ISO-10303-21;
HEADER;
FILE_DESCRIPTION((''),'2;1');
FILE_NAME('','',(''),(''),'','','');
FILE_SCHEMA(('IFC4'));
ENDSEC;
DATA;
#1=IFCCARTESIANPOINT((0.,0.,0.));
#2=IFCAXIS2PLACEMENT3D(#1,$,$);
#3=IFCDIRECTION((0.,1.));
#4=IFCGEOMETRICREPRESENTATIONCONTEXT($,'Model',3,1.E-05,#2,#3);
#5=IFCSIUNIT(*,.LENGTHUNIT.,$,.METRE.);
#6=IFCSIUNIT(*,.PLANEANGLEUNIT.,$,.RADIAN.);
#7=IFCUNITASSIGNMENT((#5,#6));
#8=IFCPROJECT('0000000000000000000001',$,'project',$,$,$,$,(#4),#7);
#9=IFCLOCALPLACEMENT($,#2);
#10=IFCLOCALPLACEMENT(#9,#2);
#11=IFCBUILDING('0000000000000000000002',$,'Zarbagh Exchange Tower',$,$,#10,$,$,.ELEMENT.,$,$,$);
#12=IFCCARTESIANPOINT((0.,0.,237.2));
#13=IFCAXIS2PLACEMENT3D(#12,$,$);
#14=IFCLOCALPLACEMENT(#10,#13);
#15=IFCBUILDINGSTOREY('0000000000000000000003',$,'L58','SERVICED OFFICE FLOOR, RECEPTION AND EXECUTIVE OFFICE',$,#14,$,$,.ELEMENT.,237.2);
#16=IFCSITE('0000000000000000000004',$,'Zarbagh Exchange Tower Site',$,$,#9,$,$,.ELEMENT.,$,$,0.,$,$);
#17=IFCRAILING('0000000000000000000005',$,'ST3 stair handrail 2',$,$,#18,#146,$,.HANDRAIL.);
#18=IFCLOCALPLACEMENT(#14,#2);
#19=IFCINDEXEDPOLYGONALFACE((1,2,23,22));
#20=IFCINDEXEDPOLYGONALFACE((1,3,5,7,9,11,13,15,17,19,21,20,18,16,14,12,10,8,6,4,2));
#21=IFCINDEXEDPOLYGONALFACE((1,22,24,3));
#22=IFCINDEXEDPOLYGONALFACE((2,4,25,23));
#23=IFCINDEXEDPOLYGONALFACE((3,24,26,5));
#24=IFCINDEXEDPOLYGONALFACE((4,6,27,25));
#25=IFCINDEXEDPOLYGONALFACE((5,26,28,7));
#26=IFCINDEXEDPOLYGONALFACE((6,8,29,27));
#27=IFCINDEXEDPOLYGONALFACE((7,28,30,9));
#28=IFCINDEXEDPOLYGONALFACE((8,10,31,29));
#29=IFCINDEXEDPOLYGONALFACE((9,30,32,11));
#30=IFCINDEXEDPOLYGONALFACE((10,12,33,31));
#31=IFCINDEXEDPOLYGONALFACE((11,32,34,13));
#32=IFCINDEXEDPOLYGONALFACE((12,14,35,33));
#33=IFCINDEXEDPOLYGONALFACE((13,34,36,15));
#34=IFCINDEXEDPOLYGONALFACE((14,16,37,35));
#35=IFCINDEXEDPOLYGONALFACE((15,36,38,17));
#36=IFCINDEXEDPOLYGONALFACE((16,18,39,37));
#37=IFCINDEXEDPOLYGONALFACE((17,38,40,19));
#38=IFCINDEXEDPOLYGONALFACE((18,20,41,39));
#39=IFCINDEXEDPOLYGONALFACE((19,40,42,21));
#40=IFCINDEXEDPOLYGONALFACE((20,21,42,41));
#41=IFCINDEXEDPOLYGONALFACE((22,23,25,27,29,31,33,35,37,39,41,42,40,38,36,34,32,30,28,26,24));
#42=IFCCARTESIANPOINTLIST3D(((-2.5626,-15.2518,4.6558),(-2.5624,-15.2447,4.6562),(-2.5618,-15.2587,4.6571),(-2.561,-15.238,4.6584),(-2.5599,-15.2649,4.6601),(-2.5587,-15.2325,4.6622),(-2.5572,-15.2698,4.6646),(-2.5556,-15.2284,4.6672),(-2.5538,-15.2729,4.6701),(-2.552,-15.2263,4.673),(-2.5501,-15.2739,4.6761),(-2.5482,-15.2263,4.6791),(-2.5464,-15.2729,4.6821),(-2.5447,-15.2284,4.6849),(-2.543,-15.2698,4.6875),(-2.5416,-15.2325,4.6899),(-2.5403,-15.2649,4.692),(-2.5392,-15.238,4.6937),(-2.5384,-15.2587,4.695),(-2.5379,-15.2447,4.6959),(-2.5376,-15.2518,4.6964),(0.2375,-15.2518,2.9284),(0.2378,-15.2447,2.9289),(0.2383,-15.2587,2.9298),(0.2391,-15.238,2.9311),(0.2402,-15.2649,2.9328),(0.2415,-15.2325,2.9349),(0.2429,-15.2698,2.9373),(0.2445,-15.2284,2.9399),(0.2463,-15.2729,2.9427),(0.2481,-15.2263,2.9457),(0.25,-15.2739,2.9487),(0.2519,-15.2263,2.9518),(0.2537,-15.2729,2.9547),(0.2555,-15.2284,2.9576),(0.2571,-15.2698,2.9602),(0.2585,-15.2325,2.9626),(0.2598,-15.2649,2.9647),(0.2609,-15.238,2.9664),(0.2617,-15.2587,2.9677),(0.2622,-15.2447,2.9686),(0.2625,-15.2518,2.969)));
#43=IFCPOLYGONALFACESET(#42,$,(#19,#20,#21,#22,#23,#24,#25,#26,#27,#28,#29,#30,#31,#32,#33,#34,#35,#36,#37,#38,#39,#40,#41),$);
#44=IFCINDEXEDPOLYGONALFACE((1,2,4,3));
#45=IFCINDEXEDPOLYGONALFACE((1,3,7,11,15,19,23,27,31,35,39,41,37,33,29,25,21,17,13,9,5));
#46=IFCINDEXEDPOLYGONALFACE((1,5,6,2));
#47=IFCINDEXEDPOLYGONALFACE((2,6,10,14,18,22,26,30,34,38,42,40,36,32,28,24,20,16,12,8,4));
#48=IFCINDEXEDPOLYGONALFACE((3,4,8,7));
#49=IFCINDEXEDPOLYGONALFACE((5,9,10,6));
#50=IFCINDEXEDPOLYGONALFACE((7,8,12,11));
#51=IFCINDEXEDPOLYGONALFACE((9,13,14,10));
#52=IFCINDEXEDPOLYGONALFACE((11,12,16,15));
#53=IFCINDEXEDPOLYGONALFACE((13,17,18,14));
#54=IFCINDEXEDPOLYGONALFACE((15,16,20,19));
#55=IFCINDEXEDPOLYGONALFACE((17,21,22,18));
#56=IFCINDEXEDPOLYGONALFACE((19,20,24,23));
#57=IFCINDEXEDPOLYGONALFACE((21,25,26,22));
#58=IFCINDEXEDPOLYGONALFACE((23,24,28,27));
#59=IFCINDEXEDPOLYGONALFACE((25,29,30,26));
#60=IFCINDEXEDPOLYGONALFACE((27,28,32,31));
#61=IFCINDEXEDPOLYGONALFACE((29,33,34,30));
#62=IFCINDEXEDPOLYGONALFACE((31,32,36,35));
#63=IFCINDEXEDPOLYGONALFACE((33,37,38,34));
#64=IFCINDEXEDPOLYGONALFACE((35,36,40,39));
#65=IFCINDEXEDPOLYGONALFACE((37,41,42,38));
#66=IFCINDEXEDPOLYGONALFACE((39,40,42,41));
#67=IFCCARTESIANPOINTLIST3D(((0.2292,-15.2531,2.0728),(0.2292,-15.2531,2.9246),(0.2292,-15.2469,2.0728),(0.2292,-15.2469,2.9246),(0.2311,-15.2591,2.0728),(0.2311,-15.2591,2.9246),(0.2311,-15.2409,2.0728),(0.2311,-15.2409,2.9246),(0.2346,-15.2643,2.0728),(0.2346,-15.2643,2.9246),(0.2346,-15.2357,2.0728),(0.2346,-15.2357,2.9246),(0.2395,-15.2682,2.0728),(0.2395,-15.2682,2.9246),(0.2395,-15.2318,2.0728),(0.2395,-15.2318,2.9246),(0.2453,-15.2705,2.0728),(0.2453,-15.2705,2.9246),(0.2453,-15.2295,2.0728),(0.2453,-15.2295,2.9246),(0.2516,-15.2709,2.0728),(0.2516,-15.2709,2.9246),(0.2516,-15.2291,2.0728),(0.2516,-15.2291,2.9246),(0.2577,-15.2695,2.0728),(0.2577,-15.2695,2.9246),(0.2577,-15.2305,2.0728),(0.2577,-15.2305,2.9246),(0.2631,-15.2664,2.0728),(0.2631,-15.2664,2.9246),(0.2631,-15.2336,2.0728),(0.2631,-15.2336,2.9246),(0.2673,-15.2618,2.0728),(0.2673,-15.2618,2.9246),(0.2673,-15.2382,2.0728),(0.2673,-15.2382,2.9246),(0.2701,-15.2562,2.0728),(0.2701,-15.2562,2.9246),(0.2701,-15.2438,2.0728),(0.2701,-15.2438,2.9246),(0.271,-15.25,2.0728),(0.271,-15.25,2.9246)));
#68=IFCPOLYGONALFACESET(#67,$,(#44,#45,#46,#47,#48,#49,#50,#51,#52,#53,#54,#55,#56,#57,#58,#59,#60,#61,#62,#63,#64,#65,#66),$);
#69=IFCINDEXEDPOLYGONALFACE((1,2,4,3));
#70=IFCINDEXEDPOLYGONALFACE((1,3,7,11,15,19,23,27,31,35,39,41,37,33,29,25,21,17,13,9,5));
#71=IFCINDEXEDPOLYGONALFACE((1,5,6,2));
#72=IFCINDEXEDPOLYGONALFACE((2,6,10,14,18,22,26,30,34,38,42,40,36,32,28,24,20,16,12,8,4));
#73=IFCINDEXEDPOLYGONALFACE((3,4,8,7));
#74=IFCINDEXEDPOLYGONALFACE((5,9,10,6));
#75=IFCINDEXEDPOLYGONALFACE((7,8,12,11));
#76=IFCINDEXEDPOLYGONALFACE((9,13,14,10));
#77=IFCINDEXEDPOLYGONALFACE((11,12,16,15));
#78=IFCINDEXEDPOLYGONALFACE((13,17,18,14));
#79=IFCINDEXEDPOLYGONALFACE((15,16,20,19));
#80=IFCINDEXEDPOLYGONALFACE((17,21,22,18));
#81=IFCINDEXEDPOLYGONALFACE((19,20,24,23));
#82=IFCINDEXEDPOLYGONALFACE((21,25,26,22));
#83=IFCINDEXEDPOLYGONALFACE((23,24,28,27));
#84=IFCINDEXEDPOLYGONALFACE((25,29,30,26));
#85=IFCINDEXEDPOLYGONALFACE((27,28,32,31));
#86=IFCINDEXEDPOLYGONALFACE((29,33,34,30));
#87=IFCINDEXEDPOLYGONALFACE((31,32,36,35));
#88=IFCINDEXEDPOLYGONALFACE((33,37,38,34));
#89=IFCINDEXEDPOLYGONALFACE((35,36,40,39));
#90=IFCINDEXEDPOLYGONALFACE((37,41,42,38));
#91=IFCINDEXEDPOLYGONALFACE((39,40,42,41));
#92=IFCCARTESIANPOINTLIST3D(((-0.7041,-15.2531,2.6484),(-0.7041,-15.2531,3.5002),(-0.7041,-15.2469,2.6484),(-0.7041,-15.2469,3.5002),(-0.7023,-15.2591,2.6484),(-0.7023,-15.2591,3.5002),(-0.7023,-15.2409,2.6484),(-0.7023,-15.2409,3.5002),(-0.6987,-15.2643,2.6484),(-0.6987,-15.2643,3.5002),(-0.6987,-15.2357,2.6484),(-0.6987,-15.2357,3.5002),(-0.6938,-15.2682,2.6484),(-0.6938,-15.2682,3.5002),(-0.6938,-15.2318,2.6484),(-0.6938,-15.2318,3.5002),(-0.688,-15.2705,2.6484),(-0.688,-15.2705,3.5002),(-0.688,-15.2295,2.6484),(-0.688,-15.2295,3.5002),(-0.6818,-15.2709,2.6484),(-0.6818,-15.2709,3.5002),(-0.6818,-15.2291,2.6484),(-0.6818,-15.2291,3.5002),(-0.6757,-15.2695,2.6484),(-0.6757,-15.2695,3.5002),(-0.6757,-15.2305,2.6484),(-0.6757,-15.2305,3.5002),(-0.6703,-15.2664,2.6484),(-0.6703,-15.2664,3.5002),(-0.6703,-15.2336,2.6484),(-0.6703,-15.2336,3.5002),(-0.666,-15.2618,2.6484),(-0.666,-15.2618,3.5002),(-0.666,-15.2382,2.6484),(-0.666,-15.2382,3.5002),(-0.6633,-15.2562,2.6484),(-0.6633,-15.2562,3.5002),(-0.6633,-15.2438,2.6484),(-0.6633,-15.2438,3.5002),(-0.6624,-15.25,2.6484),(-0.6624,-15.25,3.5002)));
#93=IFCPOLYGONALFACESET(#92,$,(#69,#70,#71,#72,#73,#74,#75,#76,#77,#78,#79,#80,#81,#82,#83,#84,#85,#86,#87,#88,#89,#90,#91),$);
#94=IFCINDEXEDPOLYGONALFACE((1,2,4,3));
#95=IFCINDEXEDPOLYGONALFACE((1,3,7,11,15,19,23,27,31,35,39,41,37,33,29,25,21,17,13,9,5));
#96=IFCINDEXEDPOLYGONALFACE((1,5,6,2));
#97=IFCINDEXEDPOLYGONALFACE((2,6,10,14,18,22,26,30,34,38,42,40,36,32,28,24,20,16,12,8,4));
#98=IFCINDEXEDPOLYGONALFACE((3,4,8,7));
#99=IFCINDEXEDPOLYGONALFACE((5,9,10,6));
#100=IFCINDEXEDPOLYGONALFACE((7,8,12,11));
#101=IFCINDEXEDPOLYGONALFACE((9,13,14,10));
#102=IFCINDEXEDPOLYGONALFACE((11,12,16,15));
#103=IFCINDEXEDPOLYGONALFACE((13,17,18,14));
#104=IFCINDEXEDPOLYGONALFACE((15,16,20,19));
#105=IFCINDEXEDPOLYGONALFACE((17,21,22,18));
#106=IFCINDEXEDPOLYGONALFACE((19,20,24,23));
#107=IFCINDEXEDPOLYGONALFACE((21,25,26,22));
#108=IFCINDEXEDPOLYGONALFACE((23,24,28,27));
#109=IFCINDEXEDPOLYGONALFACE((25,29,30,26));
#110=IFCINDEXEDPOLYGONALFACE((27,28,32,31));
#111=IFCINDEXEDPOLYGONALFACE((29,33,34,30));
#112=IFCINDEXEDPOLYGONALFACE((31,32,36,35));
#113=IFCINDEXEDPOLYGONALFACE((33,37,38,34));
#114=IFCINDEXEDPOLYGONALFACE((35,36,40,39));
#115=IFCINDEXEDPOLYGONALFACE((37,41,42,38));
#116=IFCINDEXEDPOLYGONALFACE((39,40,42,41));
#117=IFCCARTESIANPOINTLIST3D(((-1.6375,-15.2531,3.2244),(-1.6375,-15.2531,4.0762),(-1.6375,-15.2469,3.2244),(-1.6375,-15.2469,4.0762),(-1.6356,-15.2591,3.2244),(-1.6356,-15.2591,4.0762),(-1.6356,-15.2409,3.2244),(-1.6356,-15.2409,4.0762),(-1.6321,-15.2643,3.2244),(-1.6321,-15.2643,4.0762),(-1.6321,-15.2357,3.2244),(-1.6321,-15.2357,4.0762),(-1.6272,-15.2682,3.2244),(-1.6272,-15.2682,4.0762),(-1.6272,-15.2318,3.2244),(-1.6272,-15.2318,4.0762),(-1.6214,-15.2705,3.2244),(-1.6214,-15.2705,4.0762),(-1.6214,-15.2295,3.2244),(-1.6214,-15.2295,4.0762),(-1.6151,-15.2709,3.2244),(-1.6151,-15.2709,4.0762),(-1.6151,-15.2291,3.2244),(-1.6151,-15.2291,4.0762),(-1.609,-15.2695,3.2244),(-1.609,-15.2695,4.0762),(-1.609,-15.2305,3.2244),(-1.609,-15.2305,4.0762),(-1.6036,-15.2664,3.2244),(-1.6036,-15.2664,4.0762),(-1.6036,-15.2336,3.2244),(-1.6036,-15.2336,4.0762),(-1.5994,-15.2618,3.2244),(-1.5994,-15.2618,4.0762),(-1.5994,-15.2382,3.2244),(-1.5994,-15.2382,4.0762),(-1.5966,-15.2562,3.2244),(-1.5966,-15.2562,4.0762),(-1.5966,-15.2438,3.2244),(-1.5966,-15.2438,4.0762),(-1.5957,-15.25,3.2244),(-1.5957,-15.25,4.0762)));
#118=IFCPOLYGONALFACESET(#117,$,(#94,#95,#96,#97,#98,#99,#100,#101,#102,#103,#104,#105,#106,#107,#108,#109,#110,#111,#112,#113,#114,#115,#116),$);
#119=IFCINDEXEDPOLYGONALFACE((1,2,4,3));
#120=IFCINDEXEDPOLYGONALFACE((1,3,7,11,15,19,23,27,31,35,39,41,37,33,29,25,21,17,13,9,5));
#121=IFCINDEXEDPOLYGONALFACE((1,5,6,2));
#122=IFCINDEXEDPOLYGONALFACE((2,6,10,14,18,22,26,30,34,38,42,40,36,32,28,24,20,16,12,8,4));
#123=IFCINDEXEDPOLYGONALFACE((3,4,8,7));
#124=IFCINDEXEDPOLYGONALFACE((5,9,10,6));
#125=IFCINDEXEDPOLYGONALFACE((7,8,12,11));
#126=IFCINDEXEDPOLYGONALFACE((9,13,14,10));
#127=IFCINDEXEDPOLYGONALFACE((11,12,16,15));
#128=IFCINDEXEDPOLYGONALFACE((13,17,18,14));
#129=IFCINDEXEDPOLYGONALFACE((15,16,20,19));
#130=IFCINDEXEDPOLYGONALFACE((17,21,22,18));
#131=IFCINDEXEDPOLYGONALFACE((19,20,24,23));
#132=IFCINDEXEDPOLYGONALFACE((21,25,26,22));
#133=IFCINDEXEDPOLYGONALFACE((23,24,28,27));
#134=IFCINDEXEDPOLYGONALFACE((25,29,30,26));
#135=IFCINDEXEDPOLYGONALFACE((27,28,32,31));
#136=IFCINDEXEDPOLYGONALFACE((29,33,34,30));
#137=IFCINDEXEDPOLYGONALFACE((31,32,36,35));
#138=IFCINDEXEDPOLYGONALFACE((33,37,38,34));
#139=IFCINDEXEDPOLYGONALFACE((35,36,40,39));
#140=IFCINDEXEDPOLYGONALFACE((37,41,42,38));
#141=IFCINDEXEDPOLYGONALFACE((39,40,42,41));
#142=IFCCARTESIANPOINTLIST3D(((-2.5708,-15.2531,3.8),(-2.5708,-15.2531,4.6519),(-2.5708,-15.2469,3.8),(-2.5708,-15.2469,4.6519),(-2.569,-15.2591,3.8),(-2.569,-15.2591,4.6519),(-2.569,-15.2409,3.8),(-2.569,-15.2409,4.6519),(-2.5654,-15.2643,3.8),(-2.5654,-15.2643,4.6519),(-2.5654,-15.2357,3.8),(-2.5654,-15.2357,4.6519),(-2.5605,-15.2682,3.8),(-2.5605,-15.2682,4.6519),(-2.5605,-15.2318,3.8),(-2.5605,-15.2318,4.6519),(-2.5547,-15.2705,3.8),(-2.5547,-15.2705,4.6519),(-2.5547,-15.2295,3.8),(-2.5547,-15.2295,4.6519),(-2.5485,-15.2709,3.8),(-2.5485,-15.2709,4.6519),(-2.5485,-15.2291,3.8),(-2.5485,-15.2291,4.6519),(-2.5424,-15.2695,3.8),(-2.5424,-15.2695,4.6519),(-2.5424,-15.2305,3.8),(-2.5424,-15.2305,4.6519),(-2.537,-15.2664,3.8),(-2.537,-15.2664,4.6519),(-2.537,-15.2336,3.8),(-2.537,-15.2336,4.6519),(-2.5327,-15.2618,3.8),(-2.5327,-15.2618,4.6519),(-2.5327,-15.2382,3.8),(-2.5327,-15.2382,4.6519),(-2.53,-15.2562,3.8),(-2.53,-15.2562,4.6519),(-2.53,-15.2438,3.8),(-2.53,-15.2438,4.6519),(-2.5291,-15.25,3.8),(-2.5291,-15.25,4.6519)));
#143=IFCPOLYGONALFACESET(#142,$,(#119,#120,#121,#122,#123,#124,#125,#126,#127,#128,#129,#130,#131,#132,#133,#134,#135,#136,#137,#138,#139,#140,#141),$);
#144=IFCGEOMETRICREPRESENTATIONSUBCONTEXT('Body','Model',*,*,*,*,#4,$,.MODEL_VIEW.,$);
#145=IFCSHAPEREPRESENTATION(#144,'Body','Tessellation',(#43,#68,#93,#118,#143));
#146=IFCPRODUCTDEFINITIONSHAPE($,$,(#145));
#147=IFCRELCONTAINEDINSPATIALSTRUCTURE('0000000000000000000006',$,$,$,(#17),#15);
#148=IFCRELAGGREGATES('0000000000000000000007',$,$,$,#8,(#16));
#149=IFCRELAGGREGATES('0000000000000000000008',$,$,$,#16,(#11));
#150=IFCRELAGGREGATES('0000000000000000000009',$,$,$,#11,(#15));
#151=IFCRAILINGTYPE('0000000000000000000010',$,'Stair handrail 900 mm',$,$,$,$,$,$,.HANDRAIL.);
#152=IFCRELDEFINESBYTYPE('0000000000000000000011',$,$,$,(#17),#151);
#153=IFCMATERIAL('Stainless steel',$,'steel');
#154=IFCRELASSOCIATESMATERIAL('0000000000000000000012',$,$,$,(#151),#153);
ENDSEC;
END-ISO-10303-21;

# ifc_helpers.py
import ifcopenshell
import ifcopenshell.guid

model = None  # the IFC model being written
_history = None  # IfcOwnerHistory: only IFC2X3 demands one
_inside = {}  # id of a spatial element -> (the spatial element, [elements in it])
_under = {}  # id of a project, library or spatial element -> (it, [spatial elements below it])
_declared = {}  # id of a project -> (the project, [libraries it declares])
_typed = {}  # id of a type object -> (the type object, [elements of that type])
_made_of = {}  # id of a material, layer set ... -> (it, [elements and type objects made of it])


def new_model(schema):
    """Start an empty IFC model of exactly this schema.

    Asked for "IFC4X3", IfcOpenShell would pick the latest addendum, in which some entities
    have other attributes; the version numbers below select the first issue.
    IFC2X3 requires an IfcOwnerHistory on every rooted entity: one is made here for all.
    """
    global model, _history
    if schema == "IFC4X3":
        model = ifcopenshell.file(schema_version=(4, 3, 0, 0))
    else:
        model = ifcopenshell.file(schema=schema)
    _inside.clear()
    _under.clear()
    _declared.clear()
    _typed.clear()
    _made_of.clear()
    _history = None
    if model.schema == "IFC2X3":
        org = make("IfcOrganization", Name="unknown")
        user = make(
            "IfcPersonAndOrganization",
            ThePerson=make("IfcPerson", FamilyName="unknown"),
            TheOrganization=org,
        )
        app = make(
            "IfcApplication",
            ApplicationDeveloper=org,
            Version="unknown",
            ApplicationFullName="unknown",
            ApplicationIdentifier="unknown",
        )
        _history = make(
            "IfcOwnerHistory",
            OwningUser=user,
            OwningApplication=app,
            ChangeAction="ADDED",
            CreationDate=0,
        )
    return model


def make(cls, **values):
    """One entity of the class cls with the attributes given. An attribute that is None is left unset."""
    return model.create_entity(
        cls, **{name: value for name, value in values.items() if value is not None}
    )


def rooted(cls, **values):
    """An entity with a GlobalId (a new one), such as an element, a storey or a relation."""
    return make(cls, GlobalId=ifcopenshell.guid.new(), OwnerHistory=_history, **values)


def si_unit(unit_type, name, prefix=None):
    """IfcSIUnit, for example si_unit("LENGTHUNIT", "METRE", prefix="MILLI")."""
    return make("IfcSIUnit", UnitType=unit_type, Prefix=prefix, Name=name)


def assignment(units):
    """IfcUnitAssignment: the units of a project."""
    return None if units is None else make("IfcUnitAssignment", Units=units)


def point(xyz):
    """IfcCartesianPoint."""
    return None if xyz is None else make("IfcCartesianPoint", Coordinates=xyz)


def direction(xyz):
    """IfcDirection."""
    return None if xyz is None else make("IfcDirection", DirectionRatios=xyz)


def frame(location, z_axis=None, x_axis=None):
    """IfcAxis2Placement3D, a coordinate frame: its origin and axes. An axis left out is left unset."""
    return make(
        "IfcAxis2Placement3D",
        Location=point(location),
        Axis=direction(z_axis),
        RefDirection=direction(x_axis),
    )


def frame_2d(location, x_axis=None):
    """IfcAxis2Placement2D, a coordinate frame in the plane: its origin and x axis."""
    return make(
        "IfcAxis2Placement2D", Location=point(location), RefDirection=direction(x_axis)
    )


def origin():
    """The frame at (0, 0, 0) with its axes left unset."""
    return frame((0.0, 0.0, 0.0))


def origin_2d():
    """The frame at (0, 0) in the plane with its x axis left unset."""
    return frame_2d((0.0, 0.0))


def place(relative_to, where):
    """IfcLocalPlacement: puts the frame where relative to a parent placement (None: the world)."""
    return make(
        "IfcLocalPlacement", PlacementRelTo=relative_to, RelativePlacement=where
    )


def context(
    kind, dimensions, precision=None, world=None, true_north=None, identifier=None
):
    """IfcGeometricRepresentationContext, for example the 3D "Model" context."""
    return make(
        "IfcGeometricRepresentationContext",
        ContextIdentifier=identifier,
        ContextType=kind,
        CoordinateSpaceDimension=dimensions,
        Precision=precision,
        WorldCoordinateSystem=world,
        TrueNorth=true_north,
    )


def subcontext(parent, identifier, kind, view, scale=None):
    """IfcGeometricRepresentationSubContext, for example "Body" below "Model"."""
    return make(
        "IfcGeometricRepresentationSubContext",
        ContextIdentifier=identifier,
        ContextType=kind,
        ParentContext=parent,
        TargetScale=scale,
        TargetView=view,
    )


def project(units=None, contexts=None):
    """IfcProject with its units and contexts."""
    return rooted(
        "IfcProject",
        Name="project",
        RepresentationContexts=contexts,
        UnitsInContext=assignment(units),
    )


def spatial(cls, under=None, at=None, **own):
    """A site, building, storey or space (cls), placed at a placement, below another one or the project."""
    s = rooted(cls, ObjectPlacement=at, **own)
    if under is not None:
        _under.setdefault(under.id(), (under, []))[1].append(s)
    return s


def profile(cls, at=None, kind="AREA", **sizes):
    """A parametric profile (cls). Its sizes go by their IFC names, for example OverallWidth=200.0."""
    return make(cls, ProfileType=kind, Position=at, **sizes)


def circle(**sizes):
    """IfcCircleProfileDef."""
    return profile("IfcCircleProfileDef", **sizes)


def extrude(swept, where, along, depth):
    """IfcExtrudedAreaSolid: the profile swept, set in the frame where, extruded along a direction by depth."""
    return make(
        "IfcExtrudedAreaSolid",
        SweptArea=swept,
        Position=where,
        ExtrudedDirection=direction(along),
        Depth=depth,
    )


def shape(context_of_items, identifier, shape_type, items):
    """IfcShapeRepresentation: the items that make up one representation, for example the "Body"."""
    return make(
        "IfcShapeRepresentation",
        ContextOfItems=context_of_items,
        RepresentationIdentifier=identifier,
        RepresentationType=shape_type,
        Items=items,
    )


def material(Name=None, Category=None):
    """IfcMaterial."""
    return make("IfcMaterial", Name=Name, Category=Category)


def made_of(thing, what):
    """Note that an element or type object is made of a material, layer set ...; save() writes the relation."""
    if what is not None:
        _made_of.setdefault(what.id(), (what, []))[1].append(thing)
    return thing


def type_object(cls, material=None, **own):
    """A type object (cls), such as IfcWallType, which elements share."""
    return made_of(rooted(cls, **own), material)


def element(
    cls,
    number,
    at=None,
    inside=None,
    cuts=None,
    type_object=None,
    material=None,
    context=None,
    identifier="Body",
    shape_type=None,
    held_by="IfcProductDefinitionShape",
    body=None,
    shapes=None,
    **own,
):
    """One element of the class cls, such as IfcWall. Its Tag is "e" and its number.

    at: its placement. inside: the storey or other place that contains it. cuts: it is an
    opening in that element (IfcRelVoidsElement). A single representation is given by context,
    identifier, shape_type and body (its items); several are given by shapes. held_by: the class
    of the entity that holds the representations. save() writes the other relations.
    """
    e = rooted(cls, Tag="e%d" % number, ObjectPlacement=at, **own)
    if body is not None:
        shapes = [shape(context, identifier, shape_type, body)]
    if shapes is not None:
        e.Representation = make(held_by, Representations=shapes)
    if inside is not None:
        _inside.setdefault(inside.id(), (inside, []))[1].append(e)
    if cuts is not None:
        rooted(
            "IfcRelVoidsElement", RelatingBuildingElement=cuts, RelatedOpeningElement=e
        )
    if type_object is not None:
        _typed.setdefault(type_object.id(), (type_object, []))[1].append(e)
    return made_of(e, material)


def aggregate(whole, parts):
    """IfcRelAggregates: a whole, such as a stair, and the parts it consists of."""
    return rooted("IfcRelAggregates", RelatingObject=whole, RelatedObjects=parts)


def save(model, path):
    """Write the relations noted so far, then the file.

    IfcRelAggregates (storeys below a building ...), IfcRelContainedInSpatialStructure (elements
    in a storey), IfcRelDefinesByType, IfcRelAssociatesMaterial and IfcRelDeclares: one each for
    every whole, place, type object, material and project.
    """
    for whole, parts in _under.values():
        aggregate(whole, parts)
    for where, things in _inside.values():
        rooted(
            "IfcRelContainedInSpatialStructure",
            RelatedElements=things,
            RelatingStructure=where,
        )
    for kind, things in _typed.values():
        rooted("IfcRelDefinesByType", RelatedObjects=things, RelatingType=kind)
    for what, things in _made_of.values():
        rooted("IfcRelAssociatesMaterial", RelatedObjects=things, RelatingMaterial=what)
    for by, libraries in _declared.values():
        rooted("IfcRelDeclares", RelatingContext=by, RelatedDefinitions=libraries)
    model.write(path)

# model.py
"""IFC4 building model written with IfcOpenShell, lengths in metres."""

from ifc_helpers import new_model, si_unit, direction, frame, origin, origin_2d, place, context, subcontext, project, spatial, circle, extrude, material, type_object, element, save


model = new_model("IFC4")

# Units and contexts
model_context = context("Model", 3, precision=1e-05, world=origin(), true_north=direction((0.0, 1.0)))
body_context = subcontext(model_context, "Body", "Model", "MODEL_VIEW")
ifc_project = project(units=[si_unit("LENGTHUNIT", "METRE"), si_unit("PLANEANGLEUNIT", "RADIAN")], contexts=[model_context])

# Site, building, storey
site_placement = place(None, origin())
site = spatial("IfcSite", under=ifc_project, at=site_placement, Name="Zarbagh Exchange Tower Site", CompositionType="ELEMENT", RefElevation=0.0)
building_placement = place(site_placement, origin())
building = spatial("IfcBuilding", under=site, at=building_placement, Name="Zarbagh Exchange Tower", CompositionType="ELEMENT")
storey_placement = place(building_placement, frame((0.0, 0.0, 237.2)))
storey = spatial("IfcBuildingStorey", under=building, at=storey_placement, Name="L58", Description="SERVICED OFFICE FLOOR, RECEPTION AND EXECUTIVE OFFICE", CompositionType="ELEMENT", Elevation=237.2)

# Shared definitions
ifc_material_1 = material(Name="Stainless steel", Category="steel")

# Railing
railing_type_1 = type_object("IfcRailingType", Name="Stair handrail 900 mm", PredefinedType="HANDRAIL", material=ifc_material_1)
railing_1_placement = place(storey_placement, frame((0.25, -15.25, 2.0728)))
element("IfcRailing", 1, at=railing_1_placement, inside=storey, type_object=railing_type_1, Name="ST3 stair handrail 2", PredefinedType="HANDRAIL", context=body_context, shape_type="SweptSolid", body=[
    extrude(circle(Radius=0.0239, at=origin_2d()), frame((0.0, 0.0, 0.876), z_axis=(-0.85109, 0.0, 0.52502), x_axis=(0.0, -1.0, 0.0)), (0.0, 0.0, 1.0), 3.29),
    extrude(circle(Radius=0.021, at=origin_2d()), origin(), (0.0, 0.0, 1.0), 0.8518),
    extrude(circle(Radius=0.021, at=origin_2d()), frame((-0.9333, 0.0, 0.5757)), (0.0, 0.0, 1.0), 0.8518),
    extrude(circle(Radius=0.021, at=origin_2d()), frame((-1.8667, 0.0, 1.1516)), (0.0, 0.0, 1.0), 0.8518),
    extrude(circle(Radius=0.021, at=origin_2d()), frame((-2.8, 0.0, 1.7273)), (0.0, 0.0, 1.0), 0.8518),
])

save(model, "model.ifc")
